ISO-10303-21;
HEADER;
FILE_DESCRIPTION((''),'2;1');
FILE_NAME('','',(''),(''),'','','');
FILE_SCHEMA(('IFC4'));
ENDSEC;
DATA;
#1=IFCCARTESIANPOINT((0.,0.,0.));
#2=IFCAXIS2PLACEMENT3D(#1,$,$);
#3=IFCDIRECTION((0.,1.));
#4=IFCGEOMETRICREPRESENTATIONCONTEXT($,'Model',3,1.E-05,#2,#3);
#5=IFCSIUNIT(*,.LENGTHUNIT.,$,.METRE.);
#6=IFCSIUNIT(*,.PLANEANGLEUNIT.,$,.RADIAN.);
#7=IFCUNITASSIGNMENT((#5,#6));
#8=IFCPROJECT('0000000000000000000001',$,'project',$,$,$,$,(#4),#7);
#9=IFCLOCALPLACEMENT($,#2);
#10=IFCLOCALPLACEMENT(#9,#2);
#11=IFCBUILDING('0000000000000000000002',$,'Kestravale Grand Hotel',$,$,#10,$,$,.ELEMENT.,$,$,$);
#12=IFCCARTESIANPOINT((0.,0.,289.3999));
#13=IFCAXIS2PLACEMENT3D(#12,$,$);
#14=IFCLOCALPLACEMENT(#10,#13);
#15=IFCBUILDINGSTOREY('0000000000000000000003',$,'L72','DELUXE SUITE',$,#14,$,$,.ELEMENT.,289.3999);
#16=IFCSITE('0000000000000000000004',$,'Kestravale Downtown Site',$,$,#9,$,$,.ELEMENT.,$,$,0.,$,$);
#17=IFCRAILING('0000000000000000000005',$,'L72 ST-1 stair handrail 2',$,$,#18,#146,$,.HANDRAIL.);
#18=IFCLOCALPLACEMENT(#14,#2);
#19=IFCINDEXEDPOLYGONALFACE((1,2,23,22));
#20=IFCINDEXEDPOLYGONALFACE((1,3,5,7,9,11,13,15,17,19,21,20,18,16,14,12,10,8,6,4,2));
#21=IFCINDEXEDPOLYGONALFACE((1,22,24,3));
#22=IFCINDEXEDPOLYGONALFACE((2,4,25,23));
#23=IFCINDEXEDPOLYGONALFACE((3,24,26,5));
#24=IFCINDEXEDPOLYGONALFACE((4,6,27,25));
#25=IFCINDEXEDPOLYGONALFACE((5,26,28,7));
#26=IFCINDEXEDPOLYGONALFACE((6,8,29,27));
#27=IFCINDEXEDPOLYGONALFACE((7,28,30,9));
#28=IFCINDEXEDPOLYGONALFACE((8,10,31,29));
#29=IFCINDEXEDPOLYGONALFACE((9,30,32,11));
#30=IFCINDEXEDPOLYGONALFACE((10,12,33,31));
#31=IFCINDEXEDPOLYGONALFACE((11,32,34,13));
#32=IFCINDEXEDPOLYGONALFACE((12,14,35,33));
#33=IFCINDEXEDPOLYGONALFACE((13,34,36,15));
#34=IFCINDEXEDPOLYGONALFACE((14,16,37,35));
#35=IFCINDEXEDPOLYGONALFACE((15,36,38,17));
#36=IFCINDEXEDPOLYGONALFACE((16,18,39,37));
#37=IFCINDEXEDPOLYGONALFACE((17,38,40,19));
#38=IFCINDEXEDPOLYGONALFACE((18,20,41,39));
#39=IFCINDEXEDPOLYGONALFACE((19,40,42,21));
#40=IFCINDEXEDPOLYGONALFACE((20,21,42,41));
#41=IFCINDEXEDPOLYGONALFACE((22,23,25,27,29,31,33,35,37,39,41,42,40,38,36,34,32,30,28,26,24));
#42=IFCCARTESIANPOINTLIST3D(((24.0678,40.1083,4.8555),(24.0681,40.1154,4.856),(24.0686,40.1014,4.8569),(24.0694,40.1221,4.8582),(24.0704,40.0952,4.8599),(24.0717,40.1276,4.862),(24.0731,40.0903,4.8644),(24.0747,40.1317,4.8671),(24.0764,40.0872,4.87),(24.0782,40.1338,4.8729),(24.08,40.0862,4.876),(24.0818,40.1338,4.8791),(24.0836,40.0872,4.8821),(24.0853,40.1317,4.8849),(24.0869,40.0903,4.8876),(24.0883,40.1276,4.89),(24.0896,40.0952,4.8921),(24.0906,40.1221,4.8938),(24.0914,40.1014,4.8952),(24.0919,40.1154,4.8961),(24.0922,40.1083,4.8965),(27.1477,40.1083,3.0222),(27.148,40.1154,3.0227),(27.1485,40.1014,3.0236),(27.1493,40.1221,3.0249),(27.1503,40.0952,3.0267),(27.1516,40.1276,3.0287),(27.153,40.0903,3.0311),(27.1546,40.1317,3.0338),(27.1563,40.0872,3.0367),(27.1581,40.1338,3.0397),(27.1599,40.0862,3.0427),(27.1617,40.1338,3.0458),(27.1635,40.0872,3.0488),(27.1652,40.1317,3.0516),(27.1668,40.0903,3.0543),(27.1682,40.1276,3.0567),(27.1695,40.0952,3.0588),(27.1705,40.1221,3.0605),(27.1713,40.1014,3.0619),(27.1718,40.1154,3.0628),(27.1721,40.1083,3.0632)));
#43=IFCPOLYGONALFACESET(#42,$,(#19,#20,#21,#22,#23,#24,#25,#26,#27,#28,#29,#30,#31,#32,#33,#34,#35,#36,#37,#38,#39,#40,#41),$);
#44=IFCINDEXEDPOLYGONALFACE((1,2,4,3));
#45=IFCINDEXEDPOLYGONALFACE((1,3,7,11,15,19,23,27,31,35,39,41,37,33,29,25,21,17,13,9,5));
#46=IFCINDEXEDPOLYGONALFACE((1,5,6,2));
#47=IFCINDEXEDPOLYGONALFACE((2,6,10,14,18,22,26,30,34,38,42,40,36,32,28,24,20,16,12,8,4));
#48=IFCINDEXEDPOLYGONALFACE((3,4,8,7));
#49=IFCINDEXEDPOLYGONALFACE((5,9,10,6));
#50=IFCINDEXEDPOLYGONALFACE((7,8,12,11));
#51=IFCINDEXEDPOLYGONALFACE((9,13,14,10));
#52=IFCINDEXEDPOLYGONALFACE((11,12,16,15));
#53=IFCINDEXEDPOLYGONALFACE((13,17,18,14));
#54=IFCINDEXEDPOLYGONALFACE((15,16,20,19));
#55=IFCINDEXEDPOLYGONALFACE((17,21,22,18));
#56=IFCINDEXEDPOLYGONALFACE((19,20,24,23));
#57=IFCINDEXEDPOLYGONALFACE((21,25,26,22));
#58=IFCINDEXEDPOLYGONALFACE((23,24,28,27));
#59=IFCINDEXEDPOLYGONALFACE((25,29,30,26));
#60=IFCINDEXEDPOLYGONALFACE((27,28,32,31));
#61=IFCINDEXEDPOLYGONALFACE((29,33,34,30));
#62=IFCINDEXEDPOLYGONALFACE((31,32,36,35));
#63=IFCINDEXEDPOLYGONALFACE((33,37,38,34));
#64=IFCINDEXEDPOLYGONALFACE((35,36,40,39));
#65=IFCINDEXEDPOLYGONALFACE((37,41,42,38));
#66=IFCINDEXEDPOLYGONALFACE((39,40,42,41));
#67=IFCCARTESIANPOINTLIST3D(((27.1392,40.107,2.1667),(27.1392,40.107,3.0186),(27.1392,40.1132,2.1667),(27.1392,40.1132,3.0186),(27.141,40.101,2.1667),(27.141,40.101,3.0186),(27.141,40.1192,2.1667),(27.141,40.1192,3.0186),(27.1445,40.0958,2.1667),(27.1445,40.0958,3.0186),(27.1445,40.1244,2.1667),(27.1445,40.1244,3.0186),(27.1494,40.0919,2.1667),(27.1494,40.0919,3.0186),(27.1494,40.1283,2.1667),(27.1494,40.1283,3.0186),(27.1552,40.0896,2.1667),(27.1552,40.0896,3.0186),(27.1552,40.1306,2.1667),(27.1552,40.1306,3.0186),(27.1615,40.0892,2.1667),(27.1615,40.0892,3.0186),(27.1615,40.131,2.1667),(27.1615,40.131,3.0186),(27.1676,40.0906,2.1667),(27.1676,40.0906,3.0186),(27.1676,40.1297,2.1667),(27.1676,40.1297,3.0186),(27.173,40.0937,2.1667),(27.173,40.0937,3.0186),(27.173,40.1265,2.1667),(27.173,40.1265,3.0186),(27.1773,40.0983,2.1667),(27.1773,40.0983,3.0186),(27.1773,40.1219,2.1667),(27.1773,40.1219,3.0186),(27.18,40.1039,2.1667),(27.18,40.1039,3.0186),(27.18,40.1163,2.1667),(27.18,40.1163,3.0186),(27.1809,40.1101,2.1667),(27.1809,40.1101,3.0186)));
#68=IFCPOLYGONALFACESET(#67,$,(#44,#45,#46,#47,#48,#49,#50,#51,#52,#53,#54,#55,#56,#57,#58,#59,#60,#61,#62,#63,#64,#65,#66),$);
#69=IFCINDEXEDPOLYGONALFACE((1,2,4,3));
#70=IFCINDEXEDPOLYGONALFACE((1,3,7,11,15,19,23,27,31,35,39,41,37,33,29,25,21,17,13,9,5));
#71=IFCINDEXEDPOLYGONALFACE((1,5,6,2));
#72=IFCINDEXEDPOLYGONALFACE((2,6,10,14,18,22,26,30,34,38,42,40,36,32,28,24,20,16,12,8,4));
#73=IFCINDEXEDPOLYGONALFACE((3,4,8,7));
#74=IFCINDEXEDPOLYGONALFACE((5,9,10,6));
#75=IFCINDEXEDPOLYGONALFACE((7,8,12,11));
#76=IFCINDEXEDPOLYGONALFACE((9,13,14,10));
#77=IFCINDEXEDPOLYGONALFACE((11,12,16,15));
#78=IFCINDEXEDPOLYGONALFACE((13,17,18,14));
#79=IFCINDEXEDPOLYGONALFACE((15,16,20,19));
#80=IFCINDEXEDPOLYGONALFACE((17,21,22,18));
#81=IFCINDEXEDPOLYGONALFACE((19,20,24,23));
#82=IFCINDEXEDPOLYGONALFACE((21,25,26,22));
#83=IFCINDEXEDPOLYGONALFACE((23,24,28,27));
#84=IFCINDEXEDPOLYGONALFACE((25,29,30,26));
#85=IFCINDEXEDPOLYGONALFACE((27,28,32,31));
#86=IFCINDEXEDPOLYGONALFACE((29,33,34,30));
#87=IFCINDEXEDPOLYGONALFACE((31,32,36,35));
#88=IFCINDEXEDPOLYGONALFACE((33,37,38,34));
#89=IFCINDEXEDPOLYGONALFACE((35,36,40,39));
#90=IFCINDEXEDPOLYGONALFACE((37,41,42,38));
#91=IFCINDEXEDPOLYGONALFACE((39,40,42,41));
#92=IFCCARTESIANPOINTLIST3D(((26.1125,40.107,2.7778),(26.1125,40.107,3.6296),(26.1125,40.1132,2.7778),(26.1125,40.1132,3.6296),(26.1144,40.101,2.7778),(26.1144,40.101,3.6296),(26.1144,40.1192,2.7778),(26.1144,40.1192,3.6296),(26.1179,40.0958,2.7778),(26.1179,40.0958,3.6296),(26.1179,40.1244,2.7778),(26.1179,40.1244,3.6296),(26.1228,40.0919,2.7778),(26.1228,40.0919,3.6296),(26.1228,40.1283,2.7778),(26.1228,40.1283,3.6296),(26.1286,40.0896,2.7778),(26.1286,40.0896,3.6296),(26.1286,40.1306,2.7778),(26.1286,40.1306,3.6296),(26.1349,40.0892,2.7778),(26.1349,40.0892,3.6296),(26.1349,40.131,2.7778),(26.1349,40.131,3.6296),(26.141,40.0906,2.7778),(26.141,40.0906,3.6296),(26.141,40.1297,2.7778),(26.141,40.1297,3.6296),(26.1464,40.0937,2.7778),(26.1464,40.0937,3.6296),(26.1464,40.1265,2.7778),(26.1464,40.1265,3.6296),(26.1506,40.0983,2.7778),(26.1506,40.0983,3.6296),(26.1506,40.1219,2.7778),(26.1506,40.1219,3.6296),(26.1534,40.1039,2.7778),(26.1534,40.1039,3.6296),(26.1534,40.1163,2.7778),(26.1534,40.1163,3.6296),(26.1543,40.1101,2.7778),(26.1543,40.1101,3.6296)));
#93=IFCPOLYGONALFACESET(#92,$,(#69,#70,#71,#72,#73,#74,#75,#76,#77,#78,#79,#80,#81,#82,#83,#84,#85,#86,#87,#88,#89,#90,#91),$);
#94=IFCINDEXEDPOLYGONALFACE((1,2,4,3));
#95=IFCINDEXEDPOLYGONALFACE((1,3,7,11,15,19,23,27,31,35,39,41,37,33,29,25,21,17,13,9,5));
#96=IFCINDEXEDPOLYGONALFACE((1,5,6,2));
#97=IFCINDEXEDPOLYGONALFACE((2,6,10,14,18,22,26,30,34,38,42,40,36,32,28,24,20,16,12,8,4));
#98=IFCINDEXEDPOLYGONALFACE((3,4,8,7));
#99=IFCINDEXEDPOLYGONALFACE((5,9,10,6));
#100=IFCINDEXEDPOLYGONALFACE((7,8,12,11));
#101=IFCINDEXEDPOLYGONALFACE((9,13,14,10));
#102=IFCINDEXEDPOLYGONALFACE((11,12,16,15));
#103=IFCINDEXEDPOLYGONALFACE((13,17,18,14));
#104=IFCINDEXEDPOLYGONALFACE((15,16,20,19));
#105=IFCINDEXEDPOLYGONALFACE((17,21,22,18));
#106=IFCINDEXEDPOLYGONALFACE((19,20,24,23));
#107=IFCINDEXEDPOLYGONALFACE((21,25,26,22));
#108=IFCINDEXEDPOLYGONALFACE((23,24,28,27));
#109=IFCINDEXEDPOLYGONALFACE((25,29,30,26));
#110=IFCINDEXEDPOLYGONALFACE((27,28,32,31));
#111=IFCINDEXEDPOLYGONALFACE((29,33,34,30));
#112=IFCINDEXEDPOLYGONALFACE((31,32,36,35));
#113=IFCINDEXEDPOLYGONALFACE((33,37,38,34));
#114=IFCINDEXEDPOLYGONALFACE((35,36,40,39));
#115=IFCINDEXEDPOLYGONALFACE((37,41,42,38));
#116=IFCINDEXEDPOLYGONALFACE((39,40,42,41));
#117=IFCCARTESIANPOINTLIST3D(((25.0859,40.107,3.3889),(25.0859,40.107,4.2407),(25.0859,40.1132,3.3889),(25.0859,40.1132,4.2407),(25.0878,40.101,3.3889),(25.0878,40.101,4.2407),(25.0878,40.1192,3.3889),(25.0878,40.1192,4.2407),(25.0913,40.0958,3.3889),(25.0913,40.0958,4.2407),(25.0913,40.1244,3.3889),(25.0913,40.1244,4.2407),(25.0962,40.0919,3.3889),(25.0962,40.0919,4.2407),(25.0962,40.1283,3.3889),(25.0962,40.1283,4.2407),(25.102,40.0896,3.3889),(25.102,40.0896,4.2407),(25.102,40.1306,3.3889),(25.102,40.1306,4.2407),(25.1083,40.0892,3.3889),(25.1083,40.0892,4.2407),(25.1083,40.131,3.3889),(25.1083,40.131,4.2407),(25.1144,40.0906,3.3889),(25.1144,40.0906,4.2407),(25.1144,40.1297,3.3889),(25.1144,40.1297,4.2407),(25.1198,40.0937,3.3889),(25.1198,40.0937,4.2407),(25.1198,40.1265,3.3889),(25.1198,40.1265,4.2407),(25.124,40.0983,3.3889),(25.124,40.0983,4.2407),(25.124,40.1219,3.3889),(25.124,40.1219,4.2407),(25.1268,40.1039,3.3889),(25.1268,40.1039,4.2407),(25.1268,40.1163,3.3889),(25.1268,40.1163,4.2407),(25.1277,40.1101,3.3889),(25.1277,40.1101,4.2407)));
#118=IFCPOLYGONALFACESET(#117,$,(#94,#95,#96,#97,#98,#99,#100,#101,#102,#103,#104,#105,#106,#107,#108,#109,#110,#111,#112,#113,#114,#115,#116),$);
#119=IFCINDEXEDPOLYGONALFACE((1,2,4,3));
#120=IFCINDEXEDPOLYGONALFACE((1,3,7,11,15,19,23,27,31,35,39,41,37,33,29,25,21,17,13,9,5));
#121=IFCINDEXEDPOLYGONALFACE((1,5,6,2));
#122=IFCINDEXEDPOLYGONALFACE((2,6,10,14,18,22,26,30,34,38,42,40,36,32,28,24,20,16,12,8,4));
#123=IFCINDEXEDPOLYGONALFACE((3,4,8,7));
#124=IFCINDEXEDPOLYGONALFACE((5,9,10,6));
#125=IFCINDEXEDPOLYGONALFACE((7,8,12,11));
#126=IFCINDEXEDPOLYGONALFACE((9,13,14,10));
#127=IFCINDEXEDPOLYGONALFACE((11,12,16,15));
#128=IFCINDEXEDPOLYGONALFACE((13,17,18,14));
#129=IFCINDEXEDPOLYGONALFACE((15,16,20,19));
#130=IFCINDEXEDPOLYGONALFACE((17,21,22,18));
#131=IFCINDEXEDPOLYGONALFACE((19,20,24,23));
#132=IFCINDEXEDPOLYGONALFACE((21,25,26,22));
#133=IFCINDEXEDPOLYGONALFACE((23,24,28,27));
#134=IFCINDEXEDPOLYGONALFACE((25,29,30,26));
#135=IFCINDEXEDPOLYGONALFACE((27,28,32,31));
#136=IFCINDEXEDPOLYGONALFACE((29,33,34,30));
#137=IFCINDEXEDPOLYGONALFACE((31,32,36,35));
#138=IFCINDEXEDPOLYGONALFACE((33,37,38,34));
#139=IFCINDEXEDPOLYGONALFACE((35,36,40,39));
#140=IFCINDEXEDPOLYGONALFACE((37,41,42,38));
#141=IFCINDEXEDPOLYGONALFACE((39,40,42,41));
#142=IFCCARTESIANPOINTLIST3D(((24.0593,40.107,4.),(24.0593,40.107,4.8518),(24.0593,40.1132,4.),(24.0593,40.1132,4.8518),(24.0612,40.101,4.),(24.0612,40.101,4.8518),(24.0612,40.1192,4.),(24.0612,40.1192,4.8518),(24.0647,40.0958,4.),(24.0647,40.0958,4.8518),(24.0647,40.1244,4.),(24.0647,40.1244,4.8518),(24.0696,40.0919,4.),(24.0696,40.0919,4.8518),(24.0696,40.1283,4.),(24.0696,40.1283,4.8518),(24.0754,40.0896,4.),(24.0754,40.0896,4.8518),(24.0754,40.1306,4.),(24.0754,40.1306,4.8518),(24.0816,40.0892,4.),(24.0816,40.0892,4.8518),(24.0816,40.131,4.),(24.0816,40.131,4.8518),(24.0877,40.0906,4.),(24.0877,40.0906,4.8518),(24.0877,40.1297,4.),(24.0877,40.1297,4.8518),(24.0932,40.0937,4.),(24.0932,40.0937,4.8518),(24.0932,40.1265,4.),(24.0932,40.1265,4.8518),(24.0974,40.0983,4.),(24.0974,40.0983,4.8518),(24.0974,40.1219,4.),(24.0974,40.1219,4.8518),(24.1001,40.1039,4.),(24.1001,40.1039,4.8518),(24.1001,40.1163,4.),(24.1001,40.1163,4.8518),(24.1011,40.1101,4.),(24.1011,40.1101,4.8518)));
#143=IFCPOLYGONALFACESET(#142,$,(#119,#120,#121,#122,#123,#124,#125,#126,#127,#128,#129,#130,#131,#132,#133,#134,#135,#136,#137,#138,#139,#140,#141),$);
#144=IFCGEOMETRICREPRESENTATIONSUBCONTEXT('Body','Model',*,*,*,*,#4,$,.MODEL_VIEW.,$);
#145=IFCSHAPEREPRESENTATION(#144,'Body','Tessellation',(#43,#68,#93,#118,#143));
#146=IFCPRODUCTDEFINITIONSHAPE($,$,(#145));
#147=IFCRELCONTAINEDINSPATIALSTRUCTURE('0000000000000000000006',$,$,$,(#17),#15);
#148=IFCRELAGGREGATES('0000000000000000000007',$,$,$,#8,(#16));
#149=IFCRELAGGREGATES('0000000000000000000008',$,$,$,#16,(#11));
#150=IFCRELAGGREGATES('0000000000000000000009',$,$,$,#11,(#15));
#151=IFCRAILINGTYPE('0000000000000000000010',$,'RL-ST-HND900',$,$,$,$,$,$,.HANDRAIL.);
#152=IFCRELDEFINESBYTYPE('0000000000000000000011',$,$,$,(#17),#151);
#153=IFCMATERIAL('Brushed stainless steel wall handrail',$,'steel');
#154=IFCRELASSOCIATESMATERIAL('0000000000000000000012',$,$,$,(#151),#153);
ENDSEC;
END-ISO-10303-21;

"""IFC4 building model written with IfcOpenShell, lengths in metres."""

from ifc_helpers import new_model, si_unit, direction, frame, origin, origin_2d, place, context, subcontext, project, spatial, circle, extrude, material, type_object, element, save


model = new_model("IFC4")

# Units and contexts
model_context = context("Model", 3, precision=1e-05, world=origin(), true_north=direction((0.0, 1.0)))
body_context = subcontext(model_context, "Body", "Model", "MODEL_VIEW")
ifc_project = project(units=[si_unit("LENGTHUNIT", "METRE"), si_unit("PLANEANGLEUNIT", "RADIAN")], contexts=[model_context])

# Site, building, storey
site_placement = place(None, origin())
site = spatial("IfcSite", under=ifc_project, at=site_placement, Name="Kestravale Downtown Site", CompositionType="ELEMENT", RefElevation=0.0)
building_placement = place(site_placement, origin())
building = spatial("IfcBuilding", under=site, at=building_placement, Name="Kestravale Grand Hotel", CompositionType="ELEMENT")
storey_placement = place(building_placement, frame((0.0, 0.0, 289.3999)))
storey = spatial("IfcBuildingStorey", under=building, at=storey_placement, Name="L72", Description="DELUXE SUITE", CompositionType="ELEMENT", Elevation=289.3999)

# Railing
ifc_material_1 = material(Name="Brushed stainless steel wall handrail", Category="steel")
railing_type_1 = type_object("IfcRailingType", Name="RL-ST-HND900", PredefinedType="HANDRAIL", material=ifc_material_1)
railing_1_placement = place(storey_placement, frame((27.1599, 40.1101, 2.1667)))
element("IfcRailing", 1, at=railing_1_placement, inside=storey, type_object=railing_type_1, Name="L72 ST-1 stair handrail 2", PredefinedType="HANDRAIL", context=body_context, shape_type="SweptSolid", body=[
    extrude(circle(Radius=0.0239, at=origin_2d()), frame((0.0, 0.0, 0.876), z_axis=(-0.859291, 0.0, 0.511487), x_axis=(0.0, -1.0, 0.0)), (0.0, 0.0, 1.0), 3.5842),
    extrude(circle(Radius=0.021, at=origin_2d()), origin(), (0.0, 0.0, 1.0), 0.8518),
    extrude(circle(Radius=0.021, at=origin_2d()), frame((-1.0266, 0.0, 0.6111)), (0.0, 0.0, 1.0), 0.8518),
    extrude(circle(Radius=0.021, at=origin_2d()), frame((-2.0532, 0.0, 1.2222)), (0.0, 0.0, 1.0), 0.8518),
    extrude(circle(Radius=0.021, at=origin_2d()), frame((-3.0798, 0.0, 1.8333)), (0.0, 0.0, 1.0), 0.8518),
])

save(model, "model.ifc")
